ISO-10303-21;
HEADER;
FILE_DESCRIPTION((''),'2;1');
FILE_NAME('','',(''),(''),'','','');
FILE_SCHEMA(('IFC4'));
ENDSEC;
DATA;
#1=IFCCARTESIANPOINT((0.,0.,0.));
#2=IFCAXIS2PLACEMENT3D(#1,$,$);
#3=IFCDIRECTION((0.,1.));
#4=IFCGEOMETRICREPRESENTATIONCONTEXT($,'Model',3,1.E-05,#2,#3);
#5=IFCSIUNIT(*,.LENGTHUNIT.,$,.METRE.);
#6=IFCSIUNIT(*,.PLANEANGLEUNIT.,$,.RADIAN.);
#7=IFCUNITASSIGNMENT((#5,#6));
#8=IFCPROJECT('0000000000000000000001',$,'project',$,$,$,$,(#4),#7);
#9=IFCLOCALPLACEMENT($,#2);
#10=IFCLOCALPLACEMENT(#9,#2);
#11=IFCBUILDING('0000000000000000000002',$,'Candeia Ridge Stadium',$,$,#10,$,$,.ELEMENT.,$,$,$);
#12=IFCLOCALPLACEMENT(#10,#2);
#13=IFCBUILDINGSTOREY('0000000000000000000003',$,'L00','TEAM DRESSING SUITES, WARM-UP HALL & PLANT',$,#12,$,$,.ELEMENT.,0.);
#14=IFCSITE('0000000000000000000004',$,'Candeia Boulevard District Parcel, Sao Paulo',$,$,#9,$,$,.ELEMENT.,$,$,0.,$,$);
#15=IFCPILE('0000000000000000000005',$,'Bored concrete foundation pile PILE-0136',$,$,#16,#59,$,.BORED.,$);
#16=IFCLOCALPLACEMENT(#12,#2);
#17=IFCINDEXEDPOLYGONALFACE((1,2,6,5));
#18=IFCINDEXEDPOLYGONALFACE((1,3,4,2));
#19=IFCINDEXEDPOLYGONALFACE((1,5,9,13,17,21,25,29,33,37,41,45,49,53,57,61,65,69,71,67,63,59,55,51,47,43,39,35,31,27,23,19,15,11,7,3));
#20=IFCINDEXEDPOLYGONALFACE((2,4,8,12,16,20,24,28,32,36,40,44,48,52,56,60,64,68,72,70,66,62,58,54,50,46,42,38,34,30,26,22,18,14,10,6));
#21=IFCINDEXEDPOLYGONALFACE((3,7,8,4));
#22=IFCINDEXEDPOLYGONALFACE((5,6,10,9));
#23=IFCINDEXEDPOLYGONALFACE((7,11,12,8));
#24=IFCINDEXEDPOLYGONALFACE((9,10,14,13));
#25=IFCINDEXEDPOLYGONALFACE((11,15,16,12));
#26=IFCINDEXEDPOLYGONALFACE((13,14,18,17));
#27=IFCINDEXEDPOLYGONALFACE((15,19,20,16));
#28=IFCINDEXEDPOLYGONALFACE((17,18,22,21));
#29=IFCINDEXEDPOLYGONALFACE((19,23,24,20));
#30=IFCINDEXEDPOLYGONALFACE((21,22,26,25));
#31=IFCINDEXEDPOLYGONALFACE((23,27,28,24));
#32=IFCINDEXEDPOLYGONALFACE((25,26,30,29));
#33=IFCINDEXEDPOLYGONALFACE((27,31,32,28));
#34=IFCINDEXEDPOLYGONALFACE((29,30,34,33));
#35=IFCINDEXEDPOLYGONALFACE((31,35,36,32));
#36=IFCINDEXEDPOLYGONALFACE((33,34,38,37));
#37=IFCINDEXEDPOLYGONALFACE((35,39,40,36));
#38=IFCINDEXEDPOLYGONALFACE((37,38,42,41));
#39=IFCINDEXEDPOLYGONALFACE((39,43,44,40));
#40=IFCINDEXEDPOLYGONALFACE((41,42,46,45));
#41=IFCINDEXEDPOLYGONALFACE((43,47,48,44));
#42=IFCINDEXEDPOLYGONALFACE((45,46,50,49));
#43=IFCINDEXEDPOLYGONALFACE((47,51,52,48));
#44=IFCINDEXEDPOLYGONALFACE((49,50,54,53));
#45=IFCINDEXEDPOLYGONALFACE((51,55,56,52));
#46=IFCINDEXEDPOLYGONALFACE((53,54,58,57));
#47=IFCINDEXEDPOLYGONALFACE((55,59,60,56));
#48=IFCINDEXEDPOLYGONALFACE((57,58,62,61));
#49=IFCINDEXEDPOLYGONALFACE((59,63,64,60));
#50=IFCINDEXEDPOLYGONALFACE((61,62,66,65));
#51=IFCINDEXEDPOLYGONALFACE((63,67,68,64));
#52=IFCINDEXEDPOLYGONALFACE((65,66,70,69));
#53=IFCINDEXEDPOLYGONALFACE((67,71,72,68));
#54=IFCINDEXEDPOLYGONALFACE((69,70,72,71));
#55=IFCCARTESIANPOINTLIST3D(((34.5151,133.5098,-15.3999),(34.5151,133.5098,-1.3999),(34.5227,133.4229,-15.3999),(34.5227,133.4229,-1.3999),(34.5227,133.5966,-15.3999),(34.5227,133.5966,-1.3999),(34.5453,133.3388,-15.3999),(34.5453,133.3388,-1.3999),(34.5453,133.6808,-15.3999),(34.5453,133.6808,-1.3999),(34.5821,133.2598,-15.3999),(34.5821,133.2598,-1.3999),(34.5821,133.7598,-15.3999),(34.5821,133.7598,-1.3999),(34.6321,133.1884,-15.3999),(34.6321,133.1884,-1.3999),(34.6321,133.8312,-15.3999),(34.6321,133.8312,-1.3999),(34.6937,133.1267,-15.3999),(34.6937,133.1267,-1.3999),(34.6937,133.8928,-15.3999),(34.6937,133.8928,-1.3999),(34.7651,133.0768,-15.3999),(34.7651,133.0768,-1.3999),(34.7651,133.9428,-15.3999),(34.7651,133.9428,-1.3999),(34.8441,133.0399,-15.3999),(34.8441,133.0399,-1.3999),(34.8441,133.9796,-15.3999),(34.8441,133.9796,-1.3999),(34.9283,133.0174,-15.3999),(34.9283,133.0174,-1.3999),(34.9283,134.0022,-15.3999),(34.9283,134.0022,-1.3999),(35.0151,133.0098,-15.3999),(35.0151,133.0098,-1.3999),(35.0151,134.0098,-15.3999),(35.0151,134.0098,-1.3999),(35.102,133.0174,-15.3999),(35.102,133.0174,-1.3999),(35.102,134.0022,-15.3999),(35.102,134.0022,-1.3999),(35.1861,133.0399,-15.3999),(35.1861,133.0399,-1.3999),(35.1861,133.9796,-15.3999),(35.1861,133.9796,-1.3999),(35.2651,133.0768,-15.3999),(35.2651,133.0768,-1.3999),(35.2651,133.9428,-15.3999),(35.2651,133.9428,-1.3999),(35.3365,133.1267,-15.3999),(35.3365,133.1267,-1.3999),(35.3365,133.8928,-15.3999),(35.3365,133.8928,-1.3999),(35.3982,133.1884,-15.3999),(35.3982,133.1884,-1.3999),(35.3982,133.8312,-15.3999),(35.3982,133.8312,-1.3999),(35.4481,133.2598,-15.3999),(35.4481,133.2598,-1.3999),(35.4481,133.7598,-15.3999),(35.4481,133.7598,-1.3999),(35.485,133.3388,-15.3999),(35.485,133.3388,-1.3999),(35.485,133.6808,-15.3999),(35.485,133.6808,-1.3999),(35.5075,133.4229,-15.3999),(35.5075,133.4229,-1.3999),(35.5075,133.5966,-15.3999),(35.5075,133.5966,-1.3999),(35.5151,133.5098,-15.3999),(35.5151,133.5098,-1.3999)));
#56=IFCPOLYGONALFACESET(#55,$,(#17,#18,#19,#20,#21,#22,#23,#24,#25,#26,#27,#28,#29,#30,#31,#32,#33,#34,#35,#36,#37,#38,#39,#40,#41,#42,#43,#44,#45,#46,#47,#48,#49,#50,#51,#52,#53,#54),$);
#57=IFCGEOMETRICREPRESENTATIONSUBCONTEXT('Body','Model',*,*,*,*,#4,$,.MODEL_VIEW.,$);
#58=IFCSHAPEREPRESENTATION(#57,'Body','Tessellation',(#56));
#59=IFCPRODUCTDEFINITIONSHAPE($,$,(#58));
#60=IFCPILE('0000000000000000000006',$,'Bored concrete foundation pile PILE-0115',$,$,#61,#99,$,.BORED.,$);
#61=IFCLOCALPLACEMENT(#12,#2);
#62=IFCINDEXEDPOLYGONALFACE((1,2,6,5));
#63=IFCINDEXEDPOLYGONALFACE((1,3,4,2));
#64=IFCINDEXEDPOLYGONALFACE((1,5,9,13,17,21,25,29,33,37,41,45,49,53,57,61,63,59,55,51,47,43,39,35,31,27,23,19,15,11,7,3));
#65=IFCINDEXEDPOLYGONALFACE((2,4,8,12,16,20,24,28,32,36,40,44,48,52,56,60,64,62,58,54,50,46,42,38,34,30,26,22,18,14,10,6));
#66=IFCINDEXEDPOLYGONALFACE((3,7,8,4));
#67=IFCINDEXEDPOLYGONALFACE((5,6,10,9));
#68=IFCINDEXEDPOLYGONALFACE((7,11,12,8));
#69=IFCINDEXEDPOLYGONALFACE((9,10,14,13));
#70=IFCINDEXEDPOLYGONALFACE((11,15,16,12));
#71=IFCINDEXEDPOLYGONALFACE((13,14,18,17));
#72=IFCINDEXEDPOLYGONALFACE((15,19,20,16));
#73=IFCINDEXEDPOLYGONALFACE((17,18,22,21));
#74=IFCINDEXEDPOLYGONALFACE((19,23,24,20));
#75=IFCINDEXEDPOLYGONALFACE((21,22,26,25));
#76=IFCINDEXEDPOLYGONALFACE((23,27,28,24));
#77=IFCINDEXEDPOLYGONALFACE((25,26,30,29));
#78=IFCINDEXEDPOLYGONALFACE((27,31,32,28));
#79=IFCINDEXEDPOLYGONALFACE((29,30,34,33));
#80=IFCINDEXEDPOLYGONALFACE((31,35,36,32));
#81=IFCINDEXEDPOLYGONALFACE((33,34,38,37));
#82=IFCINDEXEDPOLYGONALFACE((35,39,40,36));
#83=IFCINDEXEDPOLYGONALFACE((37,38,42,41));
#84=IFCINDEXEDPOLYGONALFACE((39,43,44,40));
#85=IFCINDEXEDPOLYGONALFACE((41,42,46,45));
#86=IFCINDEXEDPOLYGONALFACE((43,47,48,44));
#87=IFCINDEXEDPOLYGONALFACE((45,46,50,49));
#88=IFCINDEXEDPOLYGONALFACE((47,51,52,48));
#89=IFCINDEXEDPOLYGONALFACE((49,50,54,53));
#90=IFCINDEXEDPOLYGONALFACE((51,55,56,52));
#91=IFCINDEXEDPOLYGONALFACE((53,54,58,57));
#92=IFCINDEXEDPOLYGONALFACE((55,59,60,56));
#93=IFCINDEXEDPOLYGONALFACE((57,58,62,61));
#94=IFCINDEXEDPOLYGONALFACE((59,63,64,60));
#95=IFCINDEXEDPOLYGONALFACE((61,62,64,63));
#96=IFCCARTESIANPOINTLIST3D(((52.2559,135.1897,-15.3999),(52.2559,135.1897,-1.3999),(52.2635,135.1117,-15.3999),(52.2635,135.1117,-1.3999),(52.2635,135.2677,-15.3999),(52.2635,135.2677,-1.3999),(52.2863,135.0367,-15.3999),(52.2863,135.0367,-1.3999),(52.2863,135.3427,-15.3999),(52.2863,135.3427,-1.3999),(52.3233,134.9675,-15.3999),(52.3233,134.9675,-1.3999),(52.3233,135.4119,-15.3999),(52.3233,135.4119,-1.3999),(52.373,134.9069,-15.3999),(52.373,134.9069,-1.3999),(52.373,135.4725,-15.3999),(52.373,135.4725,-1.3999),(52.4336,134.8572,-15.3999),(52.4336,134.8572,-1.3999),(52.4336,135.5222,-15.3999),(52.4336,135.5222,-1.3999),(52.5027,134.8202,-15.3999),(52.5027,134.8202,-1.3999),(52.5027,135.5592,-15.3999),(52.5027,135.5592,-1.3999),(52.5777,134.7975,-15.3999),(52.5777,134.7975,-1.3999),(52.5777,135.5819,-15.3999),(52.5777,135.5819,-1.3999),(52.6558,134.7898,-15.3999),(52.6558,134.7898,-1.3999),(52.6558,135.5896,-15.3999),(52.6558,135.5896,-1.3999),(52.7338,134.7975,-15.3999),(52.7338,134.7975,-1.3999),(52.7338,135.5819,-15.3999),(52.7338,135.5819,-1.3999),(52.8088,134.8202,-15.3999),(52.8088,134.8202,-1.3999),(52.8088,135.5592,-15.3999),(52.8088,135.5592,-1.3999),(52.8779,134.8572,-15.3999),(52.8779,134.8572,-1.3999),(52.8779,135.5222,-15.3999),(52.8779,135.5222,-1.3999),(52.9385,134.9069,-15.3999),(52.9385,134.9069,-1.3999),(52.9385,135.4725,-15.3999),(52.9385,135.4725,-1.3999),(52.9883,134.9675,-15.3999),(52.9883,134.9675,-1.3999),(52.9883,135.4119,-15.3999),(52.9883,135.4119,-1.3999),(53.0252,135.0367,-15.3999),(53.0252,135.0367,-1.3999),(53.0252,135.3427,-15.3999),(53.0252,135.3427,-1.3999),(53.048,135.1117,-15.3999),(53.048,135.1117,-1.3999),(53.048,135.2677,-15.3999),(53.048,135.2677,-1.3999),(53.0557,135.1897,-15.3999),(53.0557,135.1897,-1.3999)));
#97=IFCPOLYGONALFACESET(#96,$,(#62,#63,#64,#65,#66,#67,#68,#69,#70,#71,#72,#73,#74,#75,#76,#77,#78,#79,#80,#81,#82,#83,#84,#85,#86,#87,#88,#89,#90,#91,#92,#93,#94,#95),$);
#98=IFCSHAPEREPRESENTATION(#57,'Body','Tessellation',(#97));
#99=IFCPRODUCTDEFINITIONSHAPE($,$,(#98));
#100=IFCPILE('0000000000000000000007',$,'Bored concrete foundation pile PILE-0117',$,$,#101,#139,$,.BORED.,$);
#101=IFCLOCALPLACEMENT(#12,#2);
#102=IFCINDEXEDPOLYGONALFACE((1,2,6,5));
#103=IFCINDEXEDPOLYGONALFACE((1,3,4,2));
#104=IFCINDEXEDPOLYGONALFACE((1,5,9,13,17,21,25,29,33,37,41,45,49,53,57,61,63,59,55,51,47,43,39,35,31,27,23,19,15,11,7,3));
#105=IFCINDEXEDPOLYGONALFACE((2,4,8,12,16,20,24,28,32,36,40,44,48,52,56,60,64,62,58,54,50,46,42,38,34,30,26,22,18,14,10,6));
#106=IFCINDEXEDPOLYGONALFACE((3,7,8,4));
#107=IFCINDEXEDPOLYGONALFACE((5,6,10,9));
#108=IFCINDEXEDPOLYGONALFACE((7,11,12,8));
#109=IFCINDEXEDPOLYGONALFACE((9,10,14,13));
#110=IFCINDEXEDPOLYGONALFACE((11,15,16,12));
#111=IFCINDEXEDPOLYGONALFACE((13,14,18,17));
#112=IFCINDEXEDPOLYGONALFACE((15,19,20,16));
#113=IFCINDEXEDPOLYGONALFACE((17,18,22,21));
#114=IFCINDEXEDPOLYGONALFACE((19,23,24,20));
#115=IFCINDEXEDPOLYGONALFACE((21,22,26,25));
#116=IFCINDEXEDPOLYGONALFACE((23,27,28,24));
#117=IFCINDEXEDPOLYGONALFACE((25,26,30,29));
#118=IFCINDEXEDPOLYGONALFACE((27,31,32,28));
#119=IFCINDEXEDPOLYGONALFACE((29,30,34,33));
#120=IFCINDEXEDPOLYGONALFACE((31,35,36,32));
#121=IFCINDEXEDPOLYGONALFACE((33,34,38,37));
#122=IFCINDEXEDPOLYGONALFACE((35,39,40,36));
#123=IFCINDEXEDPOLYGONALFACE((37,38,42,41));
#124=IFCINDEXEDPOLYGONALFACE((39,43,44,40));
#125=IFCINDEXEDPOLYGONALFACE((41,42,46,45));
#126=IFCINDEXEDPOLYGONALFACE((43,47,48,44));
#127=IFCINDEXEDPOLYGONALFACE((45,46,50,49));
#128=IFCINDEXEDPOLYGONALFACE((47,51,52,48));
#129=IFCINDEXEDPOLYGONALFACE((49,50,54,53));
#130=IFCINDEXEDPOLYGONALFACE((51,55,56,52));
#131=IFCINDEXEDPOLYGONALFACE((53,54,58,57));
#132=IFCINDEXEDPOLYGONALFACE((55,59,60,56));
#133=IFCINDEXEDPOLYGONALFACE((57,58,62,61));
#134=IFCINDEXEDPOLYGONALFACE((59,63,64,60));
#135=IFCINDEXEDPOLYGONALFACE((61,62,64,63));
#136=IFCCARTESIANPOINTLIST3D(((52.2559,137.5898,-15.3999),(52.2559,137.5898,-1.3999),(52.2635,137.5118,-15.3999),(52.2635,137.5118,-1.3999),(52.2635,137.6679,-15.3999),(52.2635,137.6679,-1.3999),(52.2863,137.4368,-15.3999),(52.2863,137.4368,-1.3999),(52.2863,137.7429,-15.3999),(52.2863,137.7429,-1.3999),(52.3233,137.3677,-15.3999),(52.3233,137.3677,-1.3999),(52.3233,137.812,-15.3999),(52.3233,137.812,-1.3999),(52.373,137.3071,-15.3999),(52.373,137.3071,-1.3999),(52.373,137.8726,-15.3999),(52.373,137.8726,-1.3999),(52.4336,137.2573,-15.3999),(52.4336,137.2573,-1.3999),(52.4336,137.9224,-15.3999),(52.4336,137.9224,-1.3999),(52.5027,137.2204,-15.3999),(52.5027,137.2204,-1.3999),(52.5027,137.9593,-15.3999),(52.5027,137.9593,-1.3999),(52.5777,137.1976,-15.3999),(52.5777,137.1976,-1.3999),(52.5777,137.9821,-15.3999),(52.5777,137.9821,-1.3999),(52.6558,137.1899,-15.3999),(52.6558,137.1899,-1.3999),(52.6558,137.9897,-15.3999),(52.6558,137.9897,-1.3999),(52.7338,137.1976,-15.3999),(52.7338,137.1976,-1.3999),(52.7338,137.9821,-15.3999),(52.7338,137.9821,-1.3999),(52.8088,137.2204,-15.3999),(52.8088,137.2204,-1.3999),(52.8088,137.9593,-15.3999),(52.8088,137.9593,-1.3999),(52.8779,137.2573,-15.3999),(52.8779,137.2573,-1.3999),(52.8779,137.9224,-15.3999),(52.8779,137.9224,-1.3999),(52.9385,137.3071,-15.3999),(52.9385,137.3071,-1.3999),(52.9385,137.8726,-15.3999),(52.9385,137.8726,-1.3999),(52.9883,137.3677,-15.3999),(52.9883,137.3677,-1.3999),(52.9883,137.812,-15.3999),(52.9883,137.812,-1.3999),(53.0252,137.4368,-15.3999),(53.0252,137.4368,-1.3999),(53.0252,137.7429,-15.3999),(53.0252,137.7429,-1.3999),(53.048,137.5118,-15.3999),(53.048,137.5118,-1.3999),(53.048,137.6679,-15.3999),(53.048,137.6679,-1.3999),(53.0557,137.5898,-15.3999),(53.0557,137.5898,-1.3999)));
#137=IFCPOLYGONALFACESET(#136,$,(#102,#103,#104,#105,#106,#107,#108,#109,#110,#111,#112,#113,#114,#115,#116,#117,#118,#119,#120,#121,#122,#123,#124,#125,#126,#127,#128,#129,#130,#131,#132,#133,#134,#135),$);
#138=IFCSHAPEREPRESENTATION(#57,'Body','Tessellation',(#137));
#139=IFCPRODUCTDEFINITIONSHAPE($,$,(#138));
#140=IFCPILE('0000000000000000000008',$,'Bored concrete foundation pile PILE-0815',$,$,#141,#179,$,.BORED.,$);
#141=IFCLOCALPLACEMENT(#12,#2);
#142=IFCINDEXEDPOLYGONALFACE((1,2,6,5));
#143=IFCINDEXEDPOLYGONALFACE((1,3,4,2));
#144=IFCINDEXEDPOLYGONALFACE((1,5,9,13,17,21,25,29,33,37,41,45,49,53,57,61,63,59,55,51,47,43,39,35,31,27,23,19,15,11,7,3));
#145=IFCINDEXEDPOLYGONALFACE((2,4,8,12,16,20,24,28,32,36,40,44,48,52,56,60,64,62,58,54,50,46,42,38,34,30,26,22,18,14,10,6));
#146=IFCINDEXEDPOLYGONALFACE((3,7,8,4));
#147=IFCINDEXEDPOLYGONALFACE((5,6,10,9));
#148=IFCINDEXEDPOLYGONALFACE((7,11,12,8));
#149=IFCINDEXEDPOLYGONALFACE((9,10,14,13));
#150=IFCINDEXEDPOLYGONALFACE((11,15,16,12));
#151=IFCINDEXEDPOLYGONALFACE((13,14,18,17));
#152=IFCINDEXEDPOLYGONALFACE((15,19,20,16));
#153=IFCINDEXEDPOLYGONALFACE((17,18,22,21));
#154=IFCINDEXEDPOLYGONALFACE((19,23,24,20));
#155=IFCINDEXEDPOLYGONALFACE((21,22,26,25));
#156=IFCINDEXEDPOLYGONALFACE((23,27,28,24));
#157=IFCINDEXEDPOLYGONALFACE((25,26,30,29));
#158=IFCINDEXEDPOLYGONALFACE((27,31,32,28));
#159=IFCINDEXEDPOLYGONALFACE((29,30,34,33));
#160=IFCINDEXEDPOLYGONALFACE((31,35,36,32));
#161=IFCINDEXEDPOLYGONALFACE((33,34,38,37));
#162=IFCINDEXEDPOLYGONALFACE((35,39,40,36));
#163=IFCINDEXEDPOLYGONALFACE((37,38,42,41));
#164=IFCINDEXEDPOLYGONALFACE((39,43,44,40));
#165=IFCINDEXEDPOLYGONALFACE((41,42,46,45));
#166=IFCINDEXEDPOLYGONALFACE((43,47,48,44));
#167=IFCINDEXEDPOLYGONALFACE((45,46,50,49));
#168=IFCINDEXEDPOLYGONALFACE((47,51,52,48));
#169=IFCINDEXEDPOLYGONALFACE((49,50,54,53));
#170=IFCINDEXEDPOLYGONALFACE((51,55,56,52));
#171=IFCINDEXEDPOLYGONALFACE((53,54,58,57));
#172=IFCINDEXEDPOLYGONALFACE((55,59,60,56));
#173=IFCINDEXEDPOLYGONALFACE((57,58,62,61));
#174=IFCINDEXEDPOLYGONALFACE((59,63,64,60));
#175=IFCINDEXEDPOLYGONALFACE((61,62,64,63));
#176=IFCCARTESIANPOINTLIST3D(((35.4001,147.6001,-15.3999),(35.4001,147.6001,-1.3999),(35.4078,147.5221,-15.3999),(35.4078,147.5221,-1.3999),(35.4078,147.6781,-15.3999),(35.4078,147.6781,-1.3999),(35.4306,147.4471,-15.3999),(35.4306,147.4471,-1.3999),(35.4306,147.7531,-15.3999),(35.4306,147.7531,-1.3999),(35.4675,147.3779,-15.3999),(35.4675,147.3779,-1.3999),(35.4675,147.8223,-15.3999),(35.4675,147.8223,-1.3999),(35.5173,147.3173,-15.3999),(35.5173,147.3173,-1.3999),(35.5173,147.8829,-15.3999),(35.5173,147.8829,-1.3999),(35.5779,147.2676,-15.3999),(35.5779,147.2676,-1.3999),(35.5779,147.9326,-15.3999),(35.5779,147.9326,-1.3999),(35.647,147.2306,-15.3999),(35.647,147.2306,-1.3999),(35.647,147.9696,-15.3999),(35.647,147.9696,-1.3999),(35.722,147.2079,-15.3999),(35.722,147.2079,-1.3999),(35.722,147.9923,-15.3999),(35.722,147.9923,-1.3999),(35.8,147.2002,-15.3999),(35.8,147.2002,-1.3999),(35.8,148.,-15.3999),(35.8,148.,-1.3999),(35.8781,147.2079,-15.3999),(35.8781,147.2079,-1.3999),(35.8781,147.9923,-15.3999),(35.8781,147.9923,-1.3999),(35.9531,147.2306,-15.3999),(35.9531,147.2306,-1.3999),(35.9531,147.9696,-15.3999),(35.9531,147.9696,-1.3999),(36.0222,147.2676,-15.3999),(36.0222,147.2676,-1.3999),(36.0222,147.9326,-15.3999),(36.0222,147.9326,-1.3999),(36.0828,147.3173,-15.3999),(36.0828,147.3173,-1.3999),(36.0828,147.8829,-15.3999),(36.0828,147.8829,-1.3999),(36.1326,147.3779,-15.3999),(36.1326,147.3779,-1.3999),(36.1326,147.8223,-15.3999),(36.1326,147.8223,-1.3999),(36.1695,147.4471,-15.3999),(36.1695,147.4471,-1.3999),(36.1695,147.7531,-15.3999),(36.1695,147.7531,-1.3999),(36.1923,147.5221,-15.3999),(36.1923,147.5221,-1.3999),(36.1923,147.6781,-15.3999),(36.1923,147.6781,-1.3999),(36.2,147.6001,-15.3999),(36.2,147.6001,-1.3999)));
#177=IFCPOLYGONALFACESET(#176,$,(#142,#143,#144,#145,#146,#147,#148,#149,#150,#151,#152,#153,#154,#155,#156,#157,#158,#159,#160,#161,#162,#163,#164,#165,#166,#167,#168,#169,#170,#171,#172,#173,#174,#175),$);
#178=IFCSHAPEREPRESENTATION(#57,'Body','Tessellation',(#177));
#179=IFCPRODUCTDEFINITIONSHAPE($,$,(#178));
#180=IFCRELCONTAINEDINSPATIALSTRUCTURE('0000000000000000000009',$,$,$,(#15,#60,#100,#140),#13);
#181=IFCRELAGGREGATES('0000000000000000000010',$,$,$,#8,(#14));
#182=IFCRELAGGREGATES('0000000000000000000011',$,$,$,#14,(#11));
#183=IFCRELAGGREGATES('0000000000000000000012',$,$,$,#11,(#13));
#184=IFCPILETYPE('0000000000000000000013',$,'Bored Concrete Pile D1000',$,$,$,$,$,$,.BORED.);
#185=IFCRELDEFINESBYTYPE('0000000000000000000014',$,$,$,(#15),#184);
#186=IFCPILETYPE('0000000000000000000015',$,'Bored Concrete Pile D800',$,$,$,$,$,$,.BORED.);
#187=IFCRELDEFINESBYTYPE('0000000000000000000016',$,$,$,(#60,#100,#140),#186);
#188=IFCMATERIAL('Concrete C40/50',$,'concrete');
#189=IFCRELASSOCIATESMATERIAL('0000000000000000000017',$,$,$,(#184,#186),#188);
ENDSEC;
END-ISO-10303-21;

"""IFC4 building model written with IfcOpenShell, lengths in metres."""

from ifc_helpers import new_model, si_unit, direction, frame, origin, origin_2d, place, context, subcontext, project, spatial, circle, extrude, material, material_profile, profile_set, type_object, element, save


model = new_model("IFC4")

# Units and contexts
model_context = context("Model", 3, precision=1e-05, world=origin(), true_north=direction((0.0, 1.0)))
body_context = subcontext(model_context, "Body", "Model", "MODEL_VIEW")
ifc_project = project(units=[si_unit("LENGTHUNIT", "METRE"), si_unit("PLANEANGLEUNIT", "RADIAN")], contexts=[model_context])

# Site, building, storey
site_placement = place(None, origin())
site = spatial("IfcSite", under=ifc_project, at=site_placement, Name="Candeia Boulevard District Parcel, Sao Paulo", CompositionType="ELEMENT", RefElevation=0.0)
building_placement = place(site_placement, origin())
building = spatial("IfcBuilding", under=site, at=building_placement, Name="Candeia Ridge Stadium", CompositionType="ELEMENT")
storey_placement = place(building_placement, origin())
storey = spatial("IfcBuildingStorey", under=building, at=storey_placement, Name="L00", Description="TEAM DRESSING SUITES, WARM-UP HALL & PLANT", CompositionType="ELEMENT", Elevation=0.0)

# Piles
ifc_material_1 = material(Name="Concrete C40/50", Category="concrete")
ifc_material_profile_1 = material_profile(ifc_material_1, circle(Radius=0.5, at=origin_2d()), Name="PILE-D1000", Category="concrete")
ifc_profile_set_1 = profile_set([ifc_material_profile_1], Name="Concrete C40/50")
pile_type_1 = type_object("IfcPileType", Name="Bored Concrete Pile D1000", PredefinedType="BORED", material=ifc_profile_set_1)
for number, where, z_axis, x_axis, name in (
    (1, (35.0151, 133.5098, -1.3999), (0.0, 0.0, -1.0), (1.0, 0.0, 0.0), "Bored concrete foundation pile PILE-0136"),
):
    element("IfcPile", number, at=place(storey_placement, frame(where, z_axis=z_axis, x_axis=x_axis)), inside=storey, type_object=pile_type_1, Name=name, PredefinedType="BORED", context=body_context, shape_type="SweptSolid", body=[
        extrude(circle(Radius=0.5, at=origin_2d()), origin(), (0.0, 0.0, 1.0), 14.0),
    ])
ifc_material_profile_2 = material_profile(ifc_material_1, circle(Radius=0.3999, at=origin_2d()), Name="PILE-D800", Category="concrete")
ifc_profile_set_2 = profile_set([ifc_material_profile_2], Name="Concrete C40/50")
pile_type_2 = type_object("IfcPileType", Name="Bored Concrete Pile D800", PredefinedType="BORED", material=ifc_profile_set_2)
for number, where, z_axis, x_axis, name in (
    (2, (52.6558, 135.1897, -1.3999), (0.0, 0.0, -1.0), (1.0, 0.0, 0.0), "Bored concrete foundation pile PILE-0115"),
    (3, (52.6558, 137.5898, -1.3999), (0.0, 0.0, -1.0), (1.0, 0.0, 0.0), "Bored concrete foundation pile PILE-0117"),
    (4, (35.8, 147.6001, -1.3999), (0.0, 0.0, -1.0), (1.0, 0.0, 0.0), "Bored concrete foundation pile PILE-0815"),
):
    element("IfcPile", number, at=place(storey_placement, frame(where, z_axis=z_axis, x_axis=x_axis)), inside=storey, type_object=pile_type_2, Name=name, PredefinedType="BORED", context=body_context, shape_type="SweptSolid", body=[
        extrude(circle(Radius=0.3999, at=origin_2d()), origin(), (0.0, 0.0, 1.0), 14.0),
    ])

save(model, "model.ifc")
